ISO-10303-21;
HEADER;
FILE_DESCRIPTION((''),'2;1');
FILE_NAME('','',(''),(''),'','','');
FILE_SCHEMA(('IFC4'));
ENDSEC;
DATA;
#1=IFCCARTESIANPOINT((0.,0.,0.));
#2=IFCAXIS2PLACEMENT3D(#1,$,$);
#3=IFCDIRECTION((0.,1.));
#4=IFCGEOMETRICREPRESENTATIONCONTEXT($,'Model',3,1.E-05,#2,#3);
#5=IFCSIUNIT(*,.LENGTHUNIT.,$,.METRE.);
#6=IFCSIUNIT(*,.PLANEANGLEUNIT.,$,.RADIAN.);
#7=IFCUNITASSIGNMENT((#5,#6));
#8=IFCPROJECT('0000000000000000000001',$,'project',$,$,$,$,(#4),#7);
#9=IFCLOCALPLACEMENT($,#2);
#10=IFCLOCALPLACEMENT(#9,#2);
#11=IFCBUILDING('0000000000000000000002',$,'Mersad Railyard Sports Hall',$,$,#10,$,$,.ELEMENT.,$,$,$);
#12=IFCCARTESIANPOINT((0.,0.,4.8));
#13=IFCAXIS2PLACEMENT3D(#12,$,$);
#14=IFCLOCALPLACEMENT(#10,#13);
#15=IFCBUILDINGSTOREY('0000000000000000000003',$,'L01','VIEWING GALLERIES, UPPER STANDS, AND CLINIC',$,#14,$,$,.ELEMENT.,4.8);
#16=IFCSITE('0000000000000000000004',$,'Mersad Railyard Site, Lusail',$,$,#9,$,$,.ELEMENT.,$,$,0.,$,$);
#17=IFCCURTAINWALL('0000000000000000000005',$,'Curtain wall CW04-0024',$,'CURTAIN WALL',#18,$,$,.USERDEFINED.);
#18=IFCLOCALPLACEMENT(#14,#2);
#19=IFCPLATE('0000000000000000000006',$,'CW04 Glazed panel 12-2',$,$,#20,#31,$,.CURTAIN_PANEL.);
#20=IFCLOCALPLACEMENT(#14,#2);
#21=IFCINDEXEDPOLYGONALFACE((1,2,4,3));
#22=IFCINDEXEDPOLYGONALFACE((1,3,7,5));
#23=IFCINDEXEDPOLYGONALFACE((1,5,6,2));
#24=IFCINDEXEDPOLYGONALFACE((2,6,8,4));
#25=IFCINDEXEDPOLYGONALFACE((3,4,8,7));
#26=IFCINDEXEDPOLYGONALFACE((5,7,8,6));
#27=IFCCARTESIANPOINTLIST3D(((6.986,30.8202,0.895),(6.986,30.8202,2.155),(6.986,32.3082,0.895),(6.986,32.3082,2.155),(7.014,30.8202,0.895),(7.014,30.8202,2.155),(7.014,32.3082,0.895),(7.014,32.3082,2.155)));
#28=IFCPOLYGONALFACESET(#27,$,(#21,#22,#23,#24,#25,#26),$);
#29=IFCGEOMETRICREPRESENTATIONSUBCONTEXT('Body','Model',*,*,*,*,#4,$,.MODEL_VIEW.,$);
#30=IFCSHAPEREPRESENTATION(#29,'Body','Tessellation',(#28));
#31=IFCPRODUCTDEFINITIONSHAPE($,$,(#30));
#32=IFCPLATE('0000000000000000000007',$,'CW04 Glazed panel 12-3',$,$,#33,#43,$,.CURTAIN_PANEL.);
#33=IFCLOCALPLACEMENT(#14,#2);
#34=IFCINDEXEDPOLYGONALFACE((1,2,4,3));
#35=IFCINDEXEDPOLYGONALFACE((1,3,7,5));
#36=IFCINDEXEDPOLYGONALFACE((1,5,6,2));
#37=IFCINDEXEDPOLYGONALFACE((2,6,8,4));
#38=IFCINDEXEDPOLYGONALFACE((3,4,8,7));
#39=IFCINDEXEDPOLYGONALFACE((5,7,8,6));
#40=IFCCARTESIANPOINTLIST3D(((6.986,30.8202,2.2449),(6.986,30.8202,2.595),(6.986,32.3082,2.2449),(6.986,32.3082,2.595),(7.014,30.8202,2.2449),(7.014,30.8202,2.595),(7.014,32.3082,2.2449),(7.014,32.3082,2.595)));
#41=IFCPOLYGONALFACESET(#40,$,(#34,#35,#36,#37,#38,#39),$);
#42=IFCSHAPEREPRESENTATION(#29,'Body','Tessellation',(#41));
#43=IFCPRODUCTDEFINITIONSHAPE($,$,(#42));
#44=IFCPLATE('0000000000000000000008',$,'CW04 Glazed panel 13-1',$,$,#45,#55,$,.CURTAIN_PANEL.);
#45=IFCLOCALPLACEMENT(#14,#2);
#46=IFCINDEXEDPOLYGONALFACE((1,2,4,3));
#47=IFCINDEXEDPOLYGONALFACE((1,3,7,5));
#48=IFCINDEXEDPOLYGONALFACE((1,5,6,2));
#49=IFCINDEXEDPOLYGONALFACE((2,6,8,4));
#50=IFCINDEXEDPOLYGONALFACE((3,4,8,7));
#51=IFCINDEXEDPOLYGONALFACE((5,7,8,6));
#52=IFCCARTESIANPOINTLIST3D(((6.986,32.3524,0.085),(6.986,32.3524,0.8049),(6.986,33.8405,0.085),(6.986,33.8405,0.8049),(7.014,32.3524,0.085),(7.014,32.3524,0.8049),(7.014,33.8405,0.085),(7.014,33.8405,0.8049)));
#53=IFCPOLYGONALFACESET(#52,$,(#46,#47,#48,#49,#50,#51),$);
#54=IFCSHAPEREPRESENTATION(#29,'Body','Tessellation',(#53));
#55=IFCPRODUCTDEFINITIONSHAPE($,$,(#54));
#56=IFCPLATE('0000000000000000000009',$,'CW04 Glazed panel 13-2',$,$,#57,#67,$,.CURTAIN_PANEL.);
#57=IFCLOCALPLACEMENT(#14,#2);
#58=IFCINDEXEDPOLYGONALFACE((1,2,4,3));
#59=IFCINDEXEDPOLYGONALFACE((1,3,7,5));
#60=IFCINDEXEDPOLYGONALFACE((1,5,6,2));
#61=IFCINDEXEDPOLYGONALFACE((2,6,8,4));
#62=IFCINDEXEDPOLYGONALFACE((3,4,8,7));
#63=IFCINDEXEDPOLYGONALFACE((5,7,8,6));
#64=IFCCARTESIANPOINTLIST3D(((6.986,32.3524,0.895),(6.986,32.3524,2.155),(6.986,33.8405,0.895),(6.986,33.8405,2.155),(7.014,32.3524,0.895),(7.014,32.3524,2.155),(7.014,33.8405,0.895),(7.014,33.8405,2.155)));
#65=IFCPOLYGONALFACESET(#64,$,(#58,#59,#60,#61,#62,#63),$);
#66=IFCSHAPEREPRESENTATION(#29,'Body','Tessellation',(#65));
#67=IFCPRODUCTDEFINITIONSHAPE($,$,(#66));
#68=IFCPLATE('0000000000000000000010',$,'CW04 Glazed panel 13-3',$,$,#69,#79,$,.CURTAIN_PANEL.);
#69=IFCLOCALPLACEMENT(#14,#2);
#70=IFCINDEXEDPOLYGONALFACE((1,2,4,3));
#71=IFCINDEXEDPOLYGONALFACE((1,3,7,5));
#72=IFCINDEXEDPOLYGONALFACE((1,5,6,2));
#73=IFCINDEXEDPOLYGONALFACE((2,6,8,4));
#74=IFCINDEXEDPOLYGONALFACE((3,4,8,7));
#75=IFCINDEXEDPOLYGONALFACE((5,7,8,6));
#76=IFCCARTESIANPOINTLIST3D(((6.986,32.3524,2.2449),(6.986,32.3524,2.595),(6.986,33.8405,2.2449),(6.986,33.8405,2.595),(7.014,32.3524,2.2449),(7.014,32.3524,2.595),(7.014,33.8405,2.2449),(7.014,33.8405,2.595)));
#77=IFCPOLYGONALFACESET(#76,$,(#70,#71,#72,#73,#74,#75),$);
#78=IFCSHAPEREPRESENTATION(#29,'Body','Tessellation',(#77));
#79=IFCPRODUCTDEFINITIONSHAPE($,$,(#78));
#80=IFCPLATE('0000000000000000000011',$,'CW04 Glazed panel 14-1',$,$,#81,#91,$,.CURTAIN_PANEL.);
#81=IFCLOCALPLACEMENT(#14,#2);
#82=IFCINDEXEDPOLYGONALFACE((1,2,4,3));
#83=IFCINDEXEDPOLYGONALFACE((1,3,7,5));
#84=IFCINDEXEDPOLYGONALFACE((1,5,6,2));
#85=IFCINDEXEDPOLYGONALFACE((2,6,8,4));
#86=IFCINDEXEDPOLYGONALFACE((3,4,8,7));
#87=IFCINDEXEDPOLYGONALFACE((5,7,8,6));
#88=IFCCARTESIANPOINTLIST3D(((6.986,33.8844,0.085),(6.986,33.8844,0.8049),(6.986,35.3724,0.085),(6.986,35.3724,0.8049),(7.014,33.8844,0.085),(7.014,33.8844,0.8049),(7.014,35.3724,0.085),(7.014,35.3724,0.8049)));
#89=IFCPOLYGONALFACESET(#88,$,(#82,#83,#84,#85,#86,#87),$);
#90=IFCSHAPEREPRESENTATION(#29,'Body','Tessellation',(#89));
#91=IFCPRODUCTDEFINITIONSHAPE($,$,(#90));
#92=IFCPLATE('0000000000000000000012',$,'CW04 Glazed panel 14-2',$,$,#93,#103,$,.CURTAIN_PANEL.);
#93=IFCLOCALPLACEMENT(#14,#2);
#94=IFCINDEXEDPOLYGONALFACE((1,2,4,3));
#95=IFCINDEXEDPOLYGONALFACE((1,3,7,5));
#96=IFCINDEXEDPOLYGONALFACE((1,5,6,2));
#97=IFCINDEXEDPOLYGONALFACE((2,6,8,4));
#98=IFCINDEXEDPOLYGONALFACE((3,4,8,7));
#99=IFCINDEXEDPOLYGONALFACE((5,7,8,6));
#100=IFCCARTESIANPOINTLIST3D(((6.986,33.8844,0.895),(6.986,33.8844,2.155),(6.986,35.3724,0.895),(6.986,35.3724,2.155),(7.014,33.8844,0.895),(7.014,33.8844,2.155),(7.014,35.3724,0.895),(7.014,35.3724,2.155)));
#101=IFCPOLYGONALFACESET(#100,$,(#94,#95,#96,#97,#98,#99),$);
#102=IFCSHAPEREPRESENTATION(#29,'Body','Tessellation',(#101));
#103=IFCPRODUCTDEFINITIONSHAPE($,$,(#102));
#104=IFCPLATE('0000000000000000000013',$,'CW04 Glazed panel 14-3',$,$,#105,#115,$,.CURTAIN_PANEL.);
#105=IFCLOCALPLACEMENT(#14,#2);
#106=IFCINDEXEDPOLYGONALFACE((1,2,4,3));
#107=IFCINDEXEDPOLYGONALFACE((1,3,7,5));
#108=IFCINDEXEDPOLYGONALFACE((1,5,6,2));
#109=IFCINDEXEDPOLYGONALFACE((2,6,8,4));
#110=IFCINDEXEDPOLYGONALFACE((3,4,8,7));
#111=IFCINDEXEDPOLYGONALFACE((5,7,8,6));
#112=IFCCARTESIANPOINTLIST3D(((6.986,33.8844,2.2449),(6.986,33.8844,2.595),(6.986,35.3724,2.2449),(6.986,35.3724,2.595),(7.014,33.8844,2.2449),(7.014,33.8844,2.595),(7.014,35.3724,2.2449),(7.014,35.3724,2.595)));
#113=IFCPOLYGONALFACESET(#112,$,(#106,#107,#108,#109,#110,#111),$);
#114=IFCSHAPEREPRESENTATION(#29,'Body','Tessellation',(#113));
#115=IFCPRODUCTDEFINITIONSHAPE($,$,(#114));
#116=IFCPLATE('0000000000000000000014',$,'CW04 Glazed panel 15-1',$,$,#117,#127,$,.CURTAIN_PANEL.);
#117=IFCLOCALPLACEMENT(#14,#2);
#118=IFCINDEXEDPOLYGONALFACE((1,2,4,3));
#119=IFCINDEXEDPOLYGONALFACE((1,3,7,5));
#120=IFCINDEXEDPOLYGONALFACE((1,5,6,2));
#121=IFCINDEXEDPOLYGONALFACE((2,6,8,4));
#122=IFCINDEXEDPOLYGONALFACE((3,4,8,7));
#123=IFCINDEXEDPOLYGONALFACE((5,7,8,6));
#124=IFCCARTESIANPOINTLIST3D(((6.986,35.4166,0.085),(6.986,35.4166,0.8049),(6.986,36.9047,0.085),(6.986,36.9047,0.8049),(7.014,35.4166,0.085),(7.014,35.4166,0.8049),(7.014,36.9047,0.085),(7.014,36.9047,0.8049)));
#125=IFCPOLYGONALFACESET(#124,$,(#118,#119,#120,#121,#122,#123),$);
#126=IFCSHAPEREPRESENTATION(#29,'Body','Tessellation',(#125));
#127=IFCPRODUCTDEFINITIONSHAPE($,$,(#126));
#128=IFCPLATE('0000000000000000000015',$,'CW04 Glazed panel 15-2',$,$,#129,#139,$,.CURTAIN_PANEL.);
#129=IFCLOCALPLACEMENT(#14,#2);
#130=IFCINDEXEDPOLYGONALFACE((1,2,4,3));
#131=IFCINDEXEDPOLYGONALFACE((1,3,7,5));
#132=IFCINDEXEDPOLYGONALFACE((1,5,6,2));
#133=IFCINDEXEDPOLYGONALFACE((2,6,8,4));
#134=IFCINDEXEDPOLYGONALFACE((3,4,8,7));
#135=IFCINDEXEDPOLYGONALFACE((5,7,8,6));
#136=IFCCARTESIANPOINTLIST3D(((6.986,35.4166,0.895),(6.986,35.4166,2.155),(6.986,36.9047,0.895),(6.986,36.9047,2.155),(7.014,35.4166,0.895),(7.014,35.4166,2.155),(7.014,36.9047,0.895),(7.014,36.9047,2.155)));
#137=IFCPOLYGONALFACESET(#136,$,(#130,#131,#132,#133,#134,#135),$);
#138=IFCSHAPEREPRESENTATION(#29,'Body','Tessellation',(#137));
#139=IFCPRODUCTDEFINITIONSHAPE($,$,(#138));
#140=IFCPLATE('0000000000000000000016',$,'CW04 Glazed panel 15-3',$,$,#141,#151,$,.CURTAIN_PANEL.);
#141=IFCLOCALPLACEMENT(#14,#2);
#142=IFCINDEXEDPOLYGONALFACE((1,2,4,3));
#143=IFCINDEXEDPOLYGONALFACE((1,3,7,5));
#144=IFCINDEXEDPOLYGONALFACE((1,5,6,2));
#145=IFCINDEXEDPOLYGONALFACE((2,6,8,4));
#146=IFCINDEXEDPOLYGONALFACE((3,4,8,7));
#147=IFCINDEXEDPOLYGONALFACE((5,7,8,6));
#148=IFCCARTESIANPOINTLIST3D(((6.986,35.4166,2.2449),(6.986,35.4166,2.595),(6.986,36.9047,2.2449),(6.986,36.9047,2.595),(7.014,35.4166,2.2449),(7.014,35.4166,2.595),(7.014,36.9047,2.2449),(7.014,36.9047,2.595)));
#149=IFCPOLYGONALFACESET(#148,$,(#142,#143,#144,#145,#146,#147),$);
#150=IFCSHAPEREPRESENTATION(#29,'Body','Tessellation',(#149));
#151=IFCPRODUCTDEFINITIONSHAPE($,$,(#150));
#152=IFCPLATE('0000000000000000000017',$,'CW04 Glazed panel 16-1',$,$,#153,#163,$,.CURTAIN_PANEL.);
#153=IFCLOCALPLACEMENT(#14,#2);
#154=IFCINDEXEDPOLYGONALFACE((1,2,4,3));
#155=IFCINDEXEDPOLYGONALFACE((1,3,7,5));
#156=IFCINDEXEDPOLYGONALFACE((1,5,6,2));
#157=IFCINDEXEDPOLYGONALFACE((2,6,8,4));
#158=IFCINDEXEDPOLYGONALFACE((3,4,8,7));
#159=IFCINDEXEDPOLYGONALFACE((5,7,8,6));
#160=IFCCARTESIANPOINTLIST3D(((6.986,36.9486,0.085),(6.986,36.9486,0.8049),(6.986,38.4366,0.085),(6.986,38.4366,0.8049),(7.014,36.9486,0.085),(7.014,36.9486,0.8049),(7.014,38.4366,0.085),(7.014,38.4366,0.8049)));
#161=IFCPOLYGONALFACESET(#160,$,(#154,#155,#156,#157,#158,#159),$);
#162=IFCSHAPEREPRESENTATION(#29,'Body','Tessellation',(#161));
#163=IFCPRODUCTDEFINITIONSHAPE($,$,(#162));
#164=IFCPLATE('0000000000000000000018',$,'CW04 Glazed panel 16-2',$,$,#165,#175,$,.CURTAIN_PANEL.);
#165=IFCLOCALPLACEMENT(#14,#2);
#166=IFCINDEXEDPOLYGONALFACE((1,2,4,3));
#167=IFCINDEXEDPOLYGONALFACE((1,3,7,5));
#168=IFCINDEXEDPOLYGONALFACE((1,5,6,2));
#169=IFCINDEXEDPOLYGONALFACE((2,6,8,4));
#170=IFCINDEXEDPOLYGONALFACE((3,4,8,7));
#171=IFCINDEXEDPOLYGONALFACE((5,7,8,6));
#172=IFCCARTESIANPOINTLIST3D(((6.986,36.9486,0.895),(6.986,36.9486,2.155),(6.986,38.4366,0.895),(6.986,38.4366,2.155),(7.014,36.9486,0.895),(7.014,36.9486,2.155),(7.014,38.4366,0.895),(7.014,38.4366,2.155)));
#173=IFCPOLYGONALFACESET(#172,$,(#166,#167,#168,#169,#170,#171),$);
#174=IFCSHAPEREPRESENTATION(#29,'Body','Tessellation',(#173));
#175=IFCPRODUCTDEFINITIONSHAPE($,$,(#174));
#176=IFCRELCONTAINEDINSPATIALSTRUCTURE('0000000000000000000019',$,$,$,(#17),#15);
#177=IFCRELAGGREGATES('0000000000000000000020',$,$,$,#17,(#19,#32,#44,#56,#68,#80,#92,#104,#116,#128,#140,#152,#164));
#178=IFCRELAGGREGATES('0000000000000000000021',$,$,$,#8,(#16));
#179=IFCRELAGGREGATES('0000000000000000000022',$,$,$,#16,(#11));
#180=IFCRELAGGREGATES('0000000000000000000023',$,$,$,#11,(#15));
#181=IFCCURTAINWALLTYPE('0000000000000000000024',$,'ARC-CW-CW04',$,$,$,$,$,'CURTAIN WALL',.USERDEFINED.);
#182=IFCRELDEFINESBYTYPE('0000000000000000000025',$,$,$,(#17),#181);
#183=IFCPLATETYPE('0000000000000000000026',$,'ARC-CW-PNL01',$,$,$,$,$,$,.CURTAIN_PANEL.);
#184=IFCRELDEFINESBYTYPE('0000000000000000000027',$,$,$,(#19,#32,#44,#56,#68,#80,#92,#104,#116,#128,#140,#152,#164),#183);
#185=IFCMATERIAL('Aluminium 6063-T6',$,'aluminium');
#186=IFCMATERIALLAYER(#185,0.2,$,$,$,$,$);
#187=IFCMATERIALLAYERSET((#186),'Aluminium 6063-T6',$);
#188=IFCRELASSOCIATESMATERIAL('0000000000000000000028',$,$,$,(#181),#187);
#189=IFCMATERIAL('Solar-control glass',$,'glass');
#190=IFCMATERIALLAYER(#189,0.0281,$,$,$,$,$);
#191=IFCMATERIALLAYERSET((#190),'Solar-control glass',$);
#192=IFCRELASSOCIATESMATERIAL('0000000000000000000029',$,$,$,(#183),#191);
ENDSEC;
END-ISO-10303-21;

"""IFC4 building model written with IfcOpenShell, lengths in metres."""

from ifc_helpers import new_model, si_unit, direction, frame, origin, origin_2d, place, context, subcontext, project, spatial, rectangle, extrude, material, layer, layer_set, type_object, element, aggregate, save


model = new_model("IFC4")

# Units and contexts
model_context = context("Model", 3, precision=1e-05, world=origin(), true_north=direction((0.0, 1.0)))
body_context = subcontext(model_context, "Body", "Model", "MODEL_VIEW")
ifc_project = project(units=[si_unit("LENGTHUNIT", "METRE"), si_unit("PLANEANGLEUNIT", "RADIAN")], contexts=[model_context])

# Site, building, storey
site_placement = place(None, origin())
site = spatial("IfcSite", under=ifc_project, at=site_placement, Name="Mersad Railyard Site, Lusail", CompositionType="ELEMENT", RefElevation=0.0)
building_placement = place(site_placement, origin())
building = spatial("IfcBuilding", under=site, at=building_placement, Name="Mersad Railyard Sports Hall", CompositionType="ELEMENT")
storey_placement = place(building_placement, frame((0.0, 0.0, 4.8)))
storey = spatial("IfcBuildingStorey", under=building, at=storey_placement, Name="L01", Description="VIEWING GALLERIES, UPPER STANDS, AND CLINIC", CompositionType="ELEMENT", Elevation=4.8)

# Curtain wall, plates
ifc_material_1 = material(Name="Aluminium 6063-T6", Category="aluminium")
ifc_layer_1 = layer(ifc_material_1, 0.2)
ifc_layer_set_1 = layer_set([ifc_layer_1], Name="Aluminium 6063-T6")
curtain_wall_type = type_object("IfcCurtainWallType", Name="ARC-CW-CW04", ElementType="CURTAIN WALL", PredefinedType="USERDEFINED", material=ifc_layer_set_1)
curtain_wall_placement = place(storey_placement, origin())
curtain_wall = element("IfcCurtainWall", 1, at=curtain_wall_placement, inside=storey, type_object=curtain_wall_type, Name="Curtain wall CW04-0024", ObjectType="CURTAIN WALL", PredefinedType="USERDEFINED")
ifc_material_2 = material(Name="Solar-control glass", Category="glass")
ifc_layer_2 = layer(ifc_material_2, 0.0281)
ifc_layer_set_2 = layer_set([ifc_layer_2], Name="Solar-control glass")
plate_type = type_object("IfcPlateType", Name="ARC-CW-PNL01", PredefinedType="CURTAIN_PANEL", material=ifc_layer_set_2)
plate_1_placement = place(storey_placement, frame((7.0, 31.5642, 0.895), z_axis=(0.0, 0.0, 1.0), x_axis=(0.0, 1.0, 0.0)))
plate_1 = element("IfcPlate", 2, at=plate_1_placement, type_object=plate_type, Name="CW04 Glazed panel 12-2", PredefinedType="CURTAIN_PANEL", context=body_context, shape_type="SweptSolid", body=[
    extrude(rectangle(XDim=1.488, YDim=0.0281, at=origin_2d()), origin(), (0.0, 0.0, 1.0), 1.26),
])
plate_2_placement = place(storey_placement, frame((7.0, 31.5642, 2.2449), z_axis=(0.0, 0.0, 1.0), x_axis=(0.0, 1.0, 0.0)))
plate_2 = element("IfcPlate", 3, at=plate_2_placement, type_object=plate_type, Name="CW04 Glazed panel 12-3", PredefinedType="CURTAIN_PANEL", context=body_context, shape_type="SweptSolid", body=[
    extrude(rectangle(XDim=1.488, YDim=0.0281, at=origin_2d()), origin(), (0.0, 0.0, 1.0), 0.3501),
])
plate_3_placement = place(storey_placement, frame((7.0, 33.0964, 0.085), z_axis=(0.0, 0.0, 1.0), x_axis=(0.0, 1.0, 0.0)))
plate_3 = element("IfcPlate", 4, at=plate_3_placement, type_object=plate_type, Name="CW04 Glazed panel 13-1", PredefinedType="CURTAIN_PANEL", context=body_context, shape_type="SweptSolid", body=[
    extrude(rectangle(XDim=1.488, YDim=0.0281, at=origin_2d()), origin(), (0.0, 0.0, 1.0), 0.72),
])
plate_4_placement = place(storey_placement, frame((7.0, 33.0964, 0.895), z_axis=(0.0, 0.0, 1.0), x_axis=(0.0, 1.0, 0.0)))
plate_4 = element("IfcPlate", 5, at=plate_4_placement, type_object=plate_type, Name="CW04 Glazed panel 13-2", PredefinedType="CURTAIN_PANEL", context=body_context, shape_type="SweptSolid", body=[
    extrude(rectangle(XDim=1.488, YDim=0.0281, at=origin_2d()), origin(), (0.0, 0.0, 1.0), 1.26),
])
plate_5_placement = place(storey_placement, frame((7.0, 33.0964, 2.2449), z_axis=(0.0, 0.0, 1.0), x_axis=(0.0, 1.0, 0.0)))
plate_5 = element("IfcPlate", 6, at=plate_5_placement, type_object=plate_type, Name="CW04 Glazed panel 13-3", PredefinedType="CURTAIN_PANEL", context=body_context, shape_type="SweptSolid", body=[
    extrude(rectangle(XDim=1.488, YDim=0.0281, at=origin_2d()), origin(), (0.0, 0.0, 1.0), 0.3501),
])
plate_6_placement = place(storey_placement, frame((7.0, 34.6284, 0.085), z_axis=(0.0, 0.0, 1.0), x_axis=(0.0, 1.0, 0.0)))
plate_6 = element("IfcPlate", 7, at=plate_6_placement, type_object=plate_type, Name="CW04 Glazed panel 14-1", PredefinedType="CURTAIN_PANEL", context=body_context, shape_type="SweptSolid", body=[
    extrude(rectangle(XDim=1.488, YDim=0.0281, at=origin_2d()), origin(), (0.0, 0.0, 1.0), 0.72),
])
plate_7_placement = place(storey_placement, frame((7.0, 34.6284, 0.895), z_axis=(0.0, 0.0, 1.0), x_axis=(0.0, 1.0, 0.0)))
plate_7 = element("IfcPlate", 8, at=plate_7_placement, type_object=plate_type, Name="CW04 Glazed panel 14-2", PredefinedType="CURTAIN_PANEL", context=body_context, shape_type="SweptSolid", body=[
    extrude(rectangle(XDim=1.488, YDim=0.0281, at=origin_2d()), origin(), (0.0, 0.0, 1.0), 1.26),
])
plate_8_placement = place(storey_placement, frame((7.0, 34.6284, 2.2449), z_axis=(0.0, 0.0, 1.0), x_axis=(0.0, 1.0, 0.0)))
plate_8 = element("IfcPlate", 9, at=plate_8_placement, type_object=plate_type, Name="CW04 Glazed panel 14-3", PredefinedType="CURTAIN_PANEL", context=body_context, shape_type="SweptSolid", body=[
    extrude(rectangle(XDim=1.488, YDim=0.0281, at=origin_2d()), origin(), (0.0, 0.0, 1.0), 0.3501),
])
plate_9_placement = place(storey_placement, frame((7.0, 36.1606, 0.085), z_axis=(0.0, 0.0, 1.0), x_axis=(0.0, 1.0, 0.0)))
plate_9 = element("IfcPlate", 10, at=plate_9_placement, type_object=plate_type, Name="CW04 Glazed panel 15-1", PredefinedType="CURTAIN_PANEL", context=body_context, shape_type="SweptSolid", body=[
    extrude(rectangle(XDim=1.488, YDim=0.0281, at=origin_2d()), origin(), (0.0, 0.0, 1.0), 0.72),
])
plate_10_placement = place(storey_placement, frame((7.0, 36.1606, 0.895), z_axis=(0.0, 0.0, 1.0), x_axis=(0.0, 1.0, 0.0)))
plate_10 = element("IfcPlate", 11, at=plate_10_placement, type_object=plate_type, Name="CW04 Glazed panel 15-2", PredefinedType="CURTAIN_PANEL", context=body_context, shape_type="SweptSolid", body=[
    extrude(rectangle(XDim=1.488, YDim=0.0281, at=origin_2d()), origin(), (0.0, 0.0, 1.0), 1.26),
])
plate_11_placement = place(storey_placement, frame((7.0, 36.1606, 2.2449), z_axis=(0.0, 0.0, 1.0), x_axis=(0.0, 1.0, 0.0)))
plate_11 = element("IfcPlate", 12, at=plate_11_placement, type_object=plate_type, Name="CW04 Glazed panel 15-3", PredefinedType="CURTAIN_PANEL", context=body_context, shape_type="SweptSolid", body=[
    extrude(rectangle(XDim=1.488, YDim=0.0281, at=origin_2d()), origin(), (0.0, 0.0, 1.0), 0.3501),
])
plate_12_placement = place(storey_placement, frame((7.0, 37.6926, 0.085), z_axis=(0.0, 0.0, 1.0), x_axis=(0.0, 1.0, 0.0)))
plate_12 = element("IfcPlate", 13, at=plate_12_placement, type_object=plate_type, Name="CW04 Glazed panel 16-1", PredefinedType="CURTAIN_PANEL", context=body_context, shape_type="SweptSolid", body=[
    extrude(rectangle(XDim=1.488, YDim=0.0281, at=origin_2d()), origin(), (0.0, 0.0, 1.0), 0.72),
])
plate_13_placement = place(storey_placement, frame((7.0, 37.6926, 0.895), z_axis=(0.0, 0.0, 1.0), x_axis=(0.0, 1.0, 0.0)))
plate_13 = element("IfcPlate", 14, at=plate_13_placement, type_object=plate_type, Name="CW04 Glazed panel 16-2", PredefinedType="CURTAIN_PANEL", context=body_context, shape_type="SweptSolid", body=[
    extrude(rectangle(XDim=1.488, YDim=0.0281, at=origin_2d()), origin(), (0.0, 0.0, 1.0), 1.26),
])
aggregate(curtain_wall, [plate_1, plate_2, plate_3, plate_4, plate_5, plate_6, plate_7, plate_8, plate_9, plate_10, plate_11, plate_12, plate_13])

save(model, "model.ifc")
